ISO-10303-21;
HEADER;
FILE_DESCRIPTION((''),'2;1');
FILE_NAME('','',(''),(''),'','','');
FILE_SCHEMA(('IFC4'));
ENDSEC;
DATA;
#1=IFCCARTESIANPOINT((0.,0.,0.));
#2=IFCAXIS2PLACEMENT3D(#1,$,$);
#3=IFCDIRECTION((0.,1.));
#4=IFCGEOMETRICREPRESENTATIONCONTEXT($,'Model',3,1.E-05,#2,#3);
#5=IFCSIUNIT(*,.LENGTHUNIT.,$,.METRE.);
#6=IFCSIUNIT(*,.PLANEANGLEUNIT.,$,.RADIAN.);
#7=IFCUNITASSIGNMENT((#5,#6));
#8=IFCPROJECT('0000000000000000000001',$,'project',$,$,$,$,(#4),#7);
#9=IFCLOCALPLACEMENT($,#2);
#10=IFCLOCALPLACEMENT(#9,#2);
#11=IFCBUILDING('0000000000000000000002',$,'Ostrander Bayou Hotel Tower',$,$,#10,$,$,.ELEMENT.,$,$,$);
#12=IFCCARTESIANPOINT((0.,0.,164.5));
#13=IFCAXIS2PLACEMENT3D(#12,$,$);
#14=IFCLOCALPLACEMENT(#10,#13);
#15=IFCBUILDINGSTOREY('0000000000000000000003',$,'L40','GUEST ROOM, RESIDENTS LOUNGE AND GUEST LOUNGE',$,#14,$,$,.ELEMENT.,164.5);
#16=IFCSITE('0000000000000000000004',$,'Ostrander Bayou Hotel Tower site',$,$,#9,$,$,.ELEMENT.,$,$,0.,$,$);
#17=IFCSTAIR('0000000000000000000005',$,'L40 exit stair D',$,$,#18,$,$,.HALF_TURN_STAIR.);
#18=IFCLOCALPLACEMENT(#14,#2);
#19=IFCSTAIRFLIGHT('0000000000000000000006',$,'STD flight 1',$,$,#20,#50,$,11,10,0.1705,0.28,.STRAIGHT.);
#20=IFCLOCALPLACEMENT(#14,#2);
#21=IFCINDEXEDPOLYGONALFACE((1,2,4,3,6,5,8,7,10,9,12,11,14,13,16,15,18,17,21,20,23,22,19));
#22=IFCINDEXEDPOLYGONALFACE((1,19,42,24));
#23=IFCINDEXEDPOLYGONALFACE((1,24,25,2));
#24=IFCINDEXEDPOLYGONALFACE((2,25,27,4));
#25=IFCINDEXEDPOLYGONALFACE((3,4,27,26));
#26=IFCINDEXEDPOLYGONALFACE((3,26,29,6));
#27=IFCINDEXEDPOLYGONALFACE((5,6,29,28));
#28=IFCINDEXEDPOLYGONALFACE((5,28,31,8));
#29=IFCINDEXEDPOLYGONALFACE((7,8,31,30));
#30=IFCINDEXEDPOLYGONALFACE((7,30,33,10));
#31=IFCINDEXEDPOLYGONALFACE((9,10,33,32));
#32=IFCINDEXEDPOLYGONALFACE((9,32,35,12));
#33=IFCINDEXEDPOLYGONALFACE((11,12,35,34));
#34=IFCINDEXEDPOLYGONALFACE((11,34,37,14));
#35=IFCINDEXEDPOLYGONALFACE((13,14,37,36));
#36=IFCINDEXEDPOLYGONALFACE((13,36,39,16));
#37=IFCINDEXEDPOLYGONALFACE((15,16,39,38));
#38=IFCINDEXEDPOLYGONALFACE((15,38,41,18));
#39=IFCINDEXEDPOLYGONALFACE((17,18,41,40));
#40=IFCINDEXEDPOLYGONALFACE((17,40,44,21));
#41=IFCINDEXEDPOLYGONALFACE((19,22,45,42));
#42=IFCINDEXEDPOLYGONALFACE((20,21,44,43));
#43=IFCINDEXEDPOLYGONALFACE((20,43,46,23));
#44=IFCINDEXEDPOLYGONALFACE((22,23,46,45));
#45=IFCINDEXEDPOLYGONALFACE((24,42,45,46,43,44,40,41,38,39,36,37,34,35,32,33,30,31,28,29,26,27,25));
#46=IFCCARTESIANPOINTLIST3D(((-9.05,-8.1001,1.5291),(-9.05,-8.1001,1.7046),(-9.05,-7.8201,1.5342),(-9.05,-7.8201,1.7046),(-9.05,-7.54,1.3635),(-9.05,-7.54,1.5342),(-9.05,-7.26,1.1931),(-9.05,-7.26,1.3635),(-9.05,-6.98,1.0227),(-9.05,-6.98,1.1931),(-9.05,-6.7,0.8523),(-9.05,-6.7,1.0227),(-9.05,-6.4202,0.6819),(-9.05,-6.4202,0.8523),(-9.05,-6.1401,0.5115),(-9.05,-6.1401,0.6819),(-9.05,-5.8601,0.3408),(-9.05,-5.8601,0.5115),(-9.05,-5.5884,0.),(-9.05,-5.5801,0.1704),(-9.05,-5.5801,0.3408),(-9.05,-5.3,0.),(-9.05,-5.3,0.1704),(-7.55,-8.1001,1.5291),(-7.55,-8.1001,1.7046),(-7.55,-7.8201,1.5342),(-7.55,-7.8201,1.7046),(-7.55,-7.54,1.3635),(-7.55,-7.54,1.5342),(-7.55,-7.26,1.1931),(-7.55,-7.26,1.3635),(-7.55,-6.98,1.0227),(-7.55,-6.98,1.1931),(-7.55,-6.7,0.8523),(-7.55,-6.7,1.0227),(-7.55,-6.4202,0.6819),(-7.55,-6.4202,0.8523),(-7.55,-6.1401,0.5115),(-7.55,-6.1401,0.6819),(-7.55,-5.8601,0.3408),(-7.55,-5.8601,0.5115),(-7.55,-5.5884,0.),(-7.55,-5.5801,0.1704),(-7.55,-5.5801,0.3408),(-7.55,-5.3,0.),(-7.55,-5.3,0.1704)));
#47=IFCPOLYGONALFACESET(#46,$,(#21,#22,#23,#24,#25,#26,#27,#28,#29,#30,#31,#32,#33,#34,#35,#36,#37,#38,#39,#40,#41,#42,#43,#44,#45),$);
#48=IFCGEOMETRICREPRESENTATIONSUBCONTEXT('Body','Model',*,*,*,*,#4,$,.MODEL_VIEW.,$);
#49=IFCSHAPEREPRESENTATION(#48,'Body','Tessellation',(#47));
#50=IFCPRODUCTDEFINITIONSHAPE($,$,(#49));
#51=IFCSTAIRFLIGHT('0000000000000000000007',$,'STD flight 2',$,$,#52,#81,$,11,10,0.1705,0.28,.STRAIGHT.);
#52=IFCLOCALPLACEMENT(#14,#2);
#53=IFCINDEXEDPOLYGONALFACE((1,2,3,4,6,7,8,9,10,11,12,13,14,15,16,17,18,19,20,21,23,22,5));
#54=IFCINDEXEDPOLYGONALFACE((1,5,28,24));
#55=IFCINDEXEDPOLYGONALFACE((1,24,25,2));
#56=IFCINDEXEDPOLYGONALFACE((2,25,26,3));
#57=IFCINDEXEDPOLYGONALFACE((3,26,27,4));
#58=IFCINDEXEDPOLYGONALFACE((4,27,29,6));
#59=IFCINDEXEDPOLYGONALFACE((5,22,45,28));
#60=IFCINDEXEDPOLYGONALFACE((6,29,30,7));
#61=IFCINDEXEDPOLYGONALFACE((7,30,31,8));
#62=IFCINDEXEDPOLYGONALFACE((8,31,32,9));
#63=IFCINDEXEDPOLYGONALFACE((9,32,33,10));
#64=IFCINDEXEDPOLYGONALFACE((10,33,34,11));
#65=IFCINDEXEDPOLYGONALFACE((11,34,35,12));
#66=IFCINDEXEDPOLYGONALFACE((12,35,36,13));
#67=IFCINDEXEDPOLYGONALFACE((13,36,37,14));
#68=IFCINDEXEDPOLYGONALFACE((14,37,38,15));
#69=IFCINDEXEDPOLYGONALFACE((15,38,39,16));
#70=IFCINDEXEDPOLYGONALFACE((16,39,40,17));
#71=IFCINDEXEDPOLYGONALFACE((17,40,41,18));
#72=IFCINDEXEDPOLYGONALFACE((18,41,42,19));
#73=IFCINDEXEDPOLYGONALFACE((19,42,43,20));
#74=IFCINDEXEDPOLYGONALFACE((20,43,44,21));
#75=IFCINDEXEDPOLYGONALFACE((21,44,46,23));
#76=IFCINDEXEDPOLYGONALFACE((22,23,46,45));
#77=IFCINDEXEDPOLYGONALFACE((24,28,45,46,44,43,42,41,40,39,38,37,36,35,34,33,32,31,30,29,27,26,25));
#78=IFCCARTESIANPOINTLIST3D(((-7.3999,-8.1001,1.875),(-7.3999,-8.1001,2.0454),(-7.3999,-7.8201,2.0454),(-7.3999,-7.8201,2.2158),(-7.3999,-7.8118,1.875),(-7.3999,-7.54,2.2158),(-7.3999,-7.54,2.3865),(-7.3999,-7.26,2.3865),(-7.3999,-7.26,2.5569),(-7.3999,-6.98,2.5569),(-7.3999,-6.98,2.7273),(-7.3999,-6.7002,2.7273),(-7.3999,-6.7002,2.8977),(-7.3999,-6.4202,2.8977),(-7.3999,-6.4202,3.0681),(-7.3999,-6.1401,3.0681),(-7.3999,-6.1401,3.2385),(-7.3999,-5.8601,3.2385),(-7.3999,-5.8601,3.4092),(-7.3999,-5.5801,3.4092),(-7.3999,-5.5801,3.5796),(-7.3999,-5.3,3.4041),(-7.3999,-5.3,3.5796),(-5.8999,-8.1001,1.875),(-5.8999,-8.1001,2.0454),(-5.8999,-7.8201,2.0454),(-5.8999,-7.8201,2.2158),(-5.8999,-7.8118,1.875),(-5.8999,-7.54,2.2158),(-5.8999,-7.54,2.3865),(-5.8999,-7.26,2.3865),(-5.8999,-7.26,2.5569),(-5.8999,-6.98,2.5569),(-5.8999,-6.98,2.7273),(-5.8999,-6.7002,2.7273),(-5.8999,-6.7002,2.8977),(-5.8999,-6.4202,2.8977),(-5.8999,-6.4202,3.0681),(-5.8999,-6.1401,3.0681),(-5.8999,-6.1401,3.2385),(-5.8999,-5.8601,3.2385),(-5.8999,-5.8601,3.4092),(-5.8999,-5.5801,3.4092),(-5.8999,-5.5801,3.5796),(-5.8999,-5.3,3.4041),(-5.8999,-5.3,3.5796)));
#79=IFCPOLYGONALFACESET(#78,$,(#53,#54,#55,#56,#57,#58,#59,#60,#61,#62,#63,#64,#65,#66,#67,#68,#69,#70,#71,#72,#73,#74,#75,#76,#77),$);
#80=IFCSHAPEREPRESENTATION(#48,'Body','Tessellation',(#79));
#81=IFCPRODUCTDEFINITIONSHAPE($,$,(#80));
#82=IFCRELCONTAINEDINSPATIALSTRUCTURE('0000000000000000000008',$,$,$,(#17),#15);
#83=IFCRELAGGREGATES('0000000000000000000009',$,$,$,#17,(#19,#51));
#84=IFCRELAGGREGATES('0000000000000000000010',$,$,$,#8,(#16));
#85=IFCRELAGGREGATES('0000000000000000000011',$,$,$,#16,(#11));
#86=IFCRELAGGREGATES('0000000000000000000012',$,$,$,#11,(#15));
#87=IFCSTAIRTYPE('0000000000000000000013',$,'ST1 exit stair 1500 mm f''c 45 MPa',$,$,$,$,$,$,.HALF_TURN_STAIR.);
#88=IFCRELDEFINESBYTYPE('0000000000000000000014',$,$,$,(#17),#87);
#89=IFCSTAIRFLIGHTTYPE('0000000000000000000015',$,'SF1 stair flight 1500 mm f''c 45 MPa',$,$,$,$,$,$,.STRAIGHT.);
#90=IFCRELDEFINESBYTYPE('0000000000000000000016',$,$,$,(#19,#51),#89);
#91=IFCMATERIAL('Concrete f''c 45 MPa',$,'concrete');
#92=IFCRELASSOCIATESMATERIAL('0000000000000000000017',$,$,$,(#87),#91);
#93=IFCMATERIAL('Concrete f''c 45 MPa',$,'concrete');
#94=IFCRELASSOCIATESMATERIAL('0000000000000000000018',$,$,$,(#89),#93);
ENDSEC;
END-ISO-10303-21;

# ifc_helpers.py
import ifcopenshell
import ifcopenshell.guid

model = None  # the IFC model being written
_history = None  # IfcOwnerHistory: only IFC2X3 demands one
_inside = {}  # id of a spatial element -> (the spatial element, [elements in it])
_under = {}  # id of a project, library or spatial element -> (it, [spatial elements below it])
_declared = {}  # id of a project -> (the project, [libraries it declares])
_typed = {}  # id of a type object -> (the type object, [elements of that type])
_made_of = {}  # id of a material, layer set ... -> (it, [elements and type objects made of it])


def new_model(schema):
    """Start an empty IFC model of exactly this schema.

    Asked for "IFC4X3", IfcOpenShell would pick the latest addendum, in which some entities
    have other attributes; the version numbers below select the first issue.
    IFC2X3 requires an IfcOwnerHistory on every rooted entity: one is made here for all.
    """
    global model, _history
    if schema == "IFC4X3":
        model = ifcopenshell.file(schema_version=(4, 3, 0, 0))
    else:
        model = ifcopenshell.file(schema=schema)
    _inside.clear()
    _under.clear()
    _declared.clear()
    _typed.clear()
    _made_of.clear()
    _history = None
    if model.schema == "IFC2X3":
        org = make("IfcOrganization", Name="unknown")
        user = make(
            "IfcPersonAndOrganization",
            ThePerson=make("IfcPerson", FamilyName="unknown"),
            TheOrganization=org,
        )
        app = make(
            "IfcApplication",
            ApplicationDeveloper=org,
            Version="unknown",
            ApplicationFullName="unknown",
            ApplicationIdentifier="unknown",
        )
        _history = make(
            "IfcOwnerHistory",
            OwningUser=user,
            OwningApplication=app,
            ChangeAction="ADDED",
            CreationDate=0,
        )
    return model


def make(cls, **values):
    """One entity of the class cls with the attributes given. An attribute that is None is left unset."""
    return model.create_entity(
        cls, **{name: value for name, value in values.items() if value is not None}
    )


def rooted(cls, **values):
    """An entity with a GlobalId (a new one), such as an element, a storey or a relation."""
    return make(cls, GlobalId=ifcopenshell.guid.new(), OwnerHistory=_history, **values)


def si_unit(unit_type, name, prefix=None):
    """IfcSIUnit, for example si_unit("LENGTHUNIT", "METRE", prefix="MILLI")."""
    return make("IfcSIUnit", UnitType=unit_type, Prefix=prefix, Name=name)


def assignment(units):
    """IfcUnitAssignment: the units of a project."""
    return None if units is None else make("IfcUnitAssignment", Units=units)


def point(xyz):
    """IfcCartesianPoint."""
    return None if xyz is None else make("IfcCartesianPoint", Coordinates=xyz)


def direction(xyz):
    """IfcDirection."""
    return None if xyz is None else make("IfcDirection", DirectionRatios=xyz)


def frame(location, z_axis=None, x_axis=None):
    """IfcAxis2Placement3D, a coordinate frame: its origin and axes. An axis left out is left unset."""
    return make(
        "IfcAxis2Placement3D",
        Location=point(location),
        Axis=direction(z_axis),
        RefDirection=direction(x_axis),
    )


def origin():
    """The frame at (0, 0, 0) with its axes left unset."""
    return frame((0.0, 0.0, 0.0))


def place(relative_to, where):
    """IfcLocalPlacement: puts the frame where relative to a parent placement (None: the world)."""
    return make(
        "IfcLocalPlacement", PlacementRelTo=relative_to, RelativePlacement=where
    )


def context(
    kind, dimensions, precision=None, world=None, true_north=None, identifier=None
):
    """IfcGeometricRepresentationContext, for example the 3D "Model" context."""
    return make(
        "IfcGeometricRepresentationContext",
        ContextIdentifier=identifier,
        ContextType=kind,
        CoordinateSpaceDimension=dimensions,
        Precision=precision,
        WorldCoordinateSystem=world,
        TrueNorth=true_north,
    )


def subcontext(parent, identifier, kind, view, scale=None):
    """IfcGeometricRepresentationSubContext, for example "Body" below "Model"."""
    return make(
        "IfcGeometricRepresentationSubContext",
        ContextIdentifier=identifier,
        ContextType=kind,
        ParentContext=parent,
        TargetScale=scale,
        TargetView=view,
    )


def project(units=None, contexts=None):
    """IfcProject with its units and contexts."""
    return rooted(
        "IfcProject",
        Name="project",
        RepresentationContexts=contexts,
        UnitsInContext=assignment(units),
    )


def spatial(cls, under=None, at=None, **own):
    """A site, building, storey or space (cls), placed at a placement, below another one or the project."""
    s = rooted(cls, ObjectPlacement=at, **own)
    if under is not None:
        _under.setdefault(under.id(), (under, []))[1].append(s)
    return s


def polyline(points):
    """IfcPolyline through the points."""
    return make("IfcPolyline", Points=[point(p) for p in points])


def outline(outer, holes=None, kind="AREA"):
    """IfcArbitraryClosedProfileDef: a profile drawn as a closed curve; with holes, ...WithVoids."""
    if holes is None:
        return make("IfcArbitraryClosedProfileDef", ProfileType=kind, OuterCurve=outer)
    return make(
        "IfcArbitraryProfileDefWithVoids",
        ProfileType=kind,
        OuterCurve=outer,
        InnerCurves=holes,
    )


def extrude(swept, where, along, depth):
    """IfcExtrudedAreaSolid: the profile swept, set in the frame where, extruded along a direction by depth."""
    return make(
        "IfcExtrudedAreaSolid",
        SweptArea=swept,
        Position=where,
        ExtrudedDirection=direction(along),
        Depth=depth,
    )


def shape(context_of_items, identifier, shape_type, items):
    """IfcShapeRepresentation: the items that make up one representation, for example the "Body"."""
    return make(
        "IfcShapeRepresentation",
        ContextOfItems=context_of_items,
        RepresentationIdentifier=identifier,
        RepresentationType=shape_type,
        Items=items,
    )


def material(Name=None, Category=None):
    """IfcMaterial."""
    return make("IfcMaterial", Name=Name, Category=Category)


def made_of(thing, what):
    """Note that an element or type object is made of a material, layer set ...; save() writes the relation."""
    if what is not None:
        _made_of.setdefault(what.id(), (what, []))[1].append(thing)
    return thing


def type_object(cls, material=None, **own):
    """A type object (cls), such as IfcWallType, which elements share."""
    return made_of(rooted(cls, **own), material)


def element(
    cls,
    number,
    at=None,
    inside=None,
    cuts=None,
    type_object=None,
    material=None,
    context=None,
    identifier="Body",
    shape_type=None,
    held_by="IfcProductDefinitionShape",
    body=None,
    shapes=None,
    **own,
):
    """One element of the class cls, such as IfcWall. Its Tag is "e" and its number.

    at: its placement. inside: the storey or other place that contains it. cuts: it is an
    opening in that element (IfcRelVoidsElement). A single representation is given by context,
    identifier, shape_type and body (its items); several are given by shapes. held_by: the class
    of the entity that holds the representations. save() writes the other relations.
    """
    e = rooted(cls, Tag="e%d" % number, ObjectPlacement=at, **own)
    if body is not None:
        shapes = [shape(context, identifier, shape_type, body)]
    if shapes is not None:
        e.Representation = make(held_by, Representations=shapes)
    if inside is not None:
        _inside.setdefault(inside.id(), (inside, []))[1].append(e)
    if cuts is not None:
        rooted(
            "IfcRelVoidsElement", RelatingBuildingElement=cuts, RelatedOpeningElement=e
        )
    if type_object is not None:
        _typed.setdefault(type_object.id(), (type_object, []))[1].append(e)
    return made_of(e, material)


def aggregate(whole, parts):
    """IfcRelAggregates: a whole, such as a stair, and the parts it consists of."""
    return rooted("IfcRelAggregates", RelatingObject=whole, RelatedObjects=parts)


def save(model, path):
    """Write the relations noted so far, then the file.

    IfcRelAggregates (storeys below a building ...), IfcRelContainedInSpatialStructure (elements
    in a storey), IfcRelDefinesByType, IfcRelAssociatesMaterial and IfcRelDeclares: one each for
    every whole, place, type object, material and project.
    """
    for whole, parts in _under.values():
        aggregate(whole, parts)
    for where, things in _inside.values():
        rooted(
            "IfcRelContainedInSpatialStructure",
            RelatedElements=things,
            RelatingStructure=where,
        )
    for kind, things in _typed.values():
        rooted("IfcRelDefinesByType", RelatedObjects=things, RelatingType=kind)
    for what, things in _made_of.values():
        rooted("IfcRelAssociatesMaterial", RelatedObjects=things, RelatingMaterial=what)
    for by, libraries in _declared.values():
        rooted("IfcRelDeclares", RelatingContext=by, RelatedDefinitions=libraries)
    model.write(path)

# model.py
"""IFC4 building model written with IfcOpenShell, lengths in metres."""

from ifc_helpers import new_model, si_unit, direction, frame, origin, place, context, subcontext, project, spatial, polyline, outline, extrude, material, type_object, element, aggregate, save


model = new_model("IFC4")

# Units and contexts
model_context = context("Model", 3, precision=1e-05, world=origin(), true_north=direction((0.0, 1.0)))
body_context = subcontext(model_context, "Body", "Model", "MODEL_VIEW")
ifc_project = project(units=[si_unit("LENGTHUNIT", "METRE"), si_unit("PLANEANGLEUNIT", "RADIAN")], contexts=[model_context])

# Site, building, storey
site_placement = place(None, origin())
site = spatial("IfcSite", under=ifc_project, at=site_placement, Name="Ostrander Bayou Hotel Tower site", CompositionType="ELEMENT", RefElevation=0.0)
building_placement = place(site_placement, origin())
building = spatial("IfcBuilding", under=site, at=building_placement, Name="Ostrander Bayou Hotel Tower", CompositionType="ELEMENT")
storey_placement = place(building_placement, frame((0.0, 0.0, 164.5)))
storey = spatial("IfcBuildingStorey", under=building, at=storey_placement, Name="L40", Description="GUEST ROOM, RESIDENTS LOUNGE AND GUEST LOUNGE", CompositionType="ELEMENT", Elevation=164.5)

# Stair, stair flights
ifc_material_1 = material(Name="Concrete f'c 45 MPa", Category="concrete")
stair_type = type_object("IfcStairType", Name="ST1 exit stair 1500 mm f'c 45 MPa", PredefinedType="HALF_TURN_STAIR", material=ifc_material_1)
stair_placement = place(storey_placement, origin())
stair = element("IfcStair", 1, at=stair_placement, inside=storey, type_object=stair_type, Name="L40 exit stair D", PredefinedType="HALF_TURN_STAIR")
ifc_material_2 = material(Name="Concrete f'c 45 MPa", Category="concrete")
stair_flight_type = type_object("IfcStairFlightType", Name="SF1 stair flight 1500 mm f'c 45 MPa", PredefinedType="STRAIGHT", material=ifc_material_2)
stair_flight_1_placement = place(storey_placement, frame((-8.3, -5.3, 0.0), z_axis=(0.0, 0.0, 1.0), x_axis=(0.0, -1.0, 0.0)))
stair_flight_1 = element("IfcStairFlight", 2, at=stair_flight_1_placement, type_object=stair_flight_type, Name="STD flight 1", NumberOfRisers=11, NumberOfTreads=10, PredefinedType="STRAIGHT", RiserHeight=0.1705, TreadLength=0.28, context=body_context, shape_type="SweptSolid", body=[
    extrude(outline(polyline([(0.0, 0.0), (0.0, 0.1704), (0.28, 0.1704), (0.28, 0.3408), (0.5601, 0.3408), (0.5601, 0.5115), (0.8401, 0.5115), (0.8401, 0.6819), (1.1201, 0.6819), (1.1201, 0.8523), (1.3999, 0.8523), (1.3999, 1.0227), (1.6799, 1.0227), (1.6799, 1.1931), (1.96, 1.1931), (1.96, 1.3635), (2.24, 1.3635), (2.24, 1.5342), (2.52, 1.5342), (2.52, 1.7046), (2.8, 1.7046), (2.8, 1.875), (2.8, 1.5291), (0.2883, 0.0), (0.0, 0.0)])), frame((0.0, 0.75, 0.0), z_axis=(0.0, -1.0, 0.0), x_axis=(1.0, 0.0, 0.0)), (0.0, 0.0, 1.0), 1.5),
])
stair_flight_2_placement = place(storey_placement, frame((-6.6499, -8.1001, 1.875), z_axis=(0.0, 0.0, 1.0), x_axis=(0.0, 1.0, 0.0)))
stair_flight_2 = element("IfcStairFlight", 3, at=stair_flight_2_placement, type_object=stair_flight_type, Name="STD flight 2", NumberOfRisers=11, NumberOfTreads=10, PredefinedType="STRAIGHT", RiserHeight=0.1705, TreadLength=0.28, context=body_context, shape_type="SweptSolid", body=[
    extrude(outline(polyline([(0.0, 0.0), (0.0, 0.1704), (0.28, 0.1704), (0.28, 0.3408), (0.5601, 0.3408), (0.5601, 0.5115), (0.8401, 0.5115), (0.8401, 0.6819), (1.1201, 0.6819), (1.1201, 0.8523), (1.3999, 0.8523), (1.3999, 1.0227), (1.6799, 1.0227), (1.6799, 1.1931), (1.96, 1.1931), (1.96, 1.3635), (2.24, 1.3635), (2.24, 1.5342), (2.52, 1.5342), (2.52, 1.7046), (2.8, 1.7046), (2.8, 1.875), (2.8, 1.5291), (0.2883, 0.0), (0.0, 0.0)])), frame((0.0, 0.75, 0.0), z_axis=(0.0, -1.0, 0.0), x_axis=(1.0, 0.0, 0.0)), (0.0, 0.0, 1.0), 1.5),
])
aggregate(stair, [stair_flight_1, stair_flight_2])

save(model, "model.ifc")
